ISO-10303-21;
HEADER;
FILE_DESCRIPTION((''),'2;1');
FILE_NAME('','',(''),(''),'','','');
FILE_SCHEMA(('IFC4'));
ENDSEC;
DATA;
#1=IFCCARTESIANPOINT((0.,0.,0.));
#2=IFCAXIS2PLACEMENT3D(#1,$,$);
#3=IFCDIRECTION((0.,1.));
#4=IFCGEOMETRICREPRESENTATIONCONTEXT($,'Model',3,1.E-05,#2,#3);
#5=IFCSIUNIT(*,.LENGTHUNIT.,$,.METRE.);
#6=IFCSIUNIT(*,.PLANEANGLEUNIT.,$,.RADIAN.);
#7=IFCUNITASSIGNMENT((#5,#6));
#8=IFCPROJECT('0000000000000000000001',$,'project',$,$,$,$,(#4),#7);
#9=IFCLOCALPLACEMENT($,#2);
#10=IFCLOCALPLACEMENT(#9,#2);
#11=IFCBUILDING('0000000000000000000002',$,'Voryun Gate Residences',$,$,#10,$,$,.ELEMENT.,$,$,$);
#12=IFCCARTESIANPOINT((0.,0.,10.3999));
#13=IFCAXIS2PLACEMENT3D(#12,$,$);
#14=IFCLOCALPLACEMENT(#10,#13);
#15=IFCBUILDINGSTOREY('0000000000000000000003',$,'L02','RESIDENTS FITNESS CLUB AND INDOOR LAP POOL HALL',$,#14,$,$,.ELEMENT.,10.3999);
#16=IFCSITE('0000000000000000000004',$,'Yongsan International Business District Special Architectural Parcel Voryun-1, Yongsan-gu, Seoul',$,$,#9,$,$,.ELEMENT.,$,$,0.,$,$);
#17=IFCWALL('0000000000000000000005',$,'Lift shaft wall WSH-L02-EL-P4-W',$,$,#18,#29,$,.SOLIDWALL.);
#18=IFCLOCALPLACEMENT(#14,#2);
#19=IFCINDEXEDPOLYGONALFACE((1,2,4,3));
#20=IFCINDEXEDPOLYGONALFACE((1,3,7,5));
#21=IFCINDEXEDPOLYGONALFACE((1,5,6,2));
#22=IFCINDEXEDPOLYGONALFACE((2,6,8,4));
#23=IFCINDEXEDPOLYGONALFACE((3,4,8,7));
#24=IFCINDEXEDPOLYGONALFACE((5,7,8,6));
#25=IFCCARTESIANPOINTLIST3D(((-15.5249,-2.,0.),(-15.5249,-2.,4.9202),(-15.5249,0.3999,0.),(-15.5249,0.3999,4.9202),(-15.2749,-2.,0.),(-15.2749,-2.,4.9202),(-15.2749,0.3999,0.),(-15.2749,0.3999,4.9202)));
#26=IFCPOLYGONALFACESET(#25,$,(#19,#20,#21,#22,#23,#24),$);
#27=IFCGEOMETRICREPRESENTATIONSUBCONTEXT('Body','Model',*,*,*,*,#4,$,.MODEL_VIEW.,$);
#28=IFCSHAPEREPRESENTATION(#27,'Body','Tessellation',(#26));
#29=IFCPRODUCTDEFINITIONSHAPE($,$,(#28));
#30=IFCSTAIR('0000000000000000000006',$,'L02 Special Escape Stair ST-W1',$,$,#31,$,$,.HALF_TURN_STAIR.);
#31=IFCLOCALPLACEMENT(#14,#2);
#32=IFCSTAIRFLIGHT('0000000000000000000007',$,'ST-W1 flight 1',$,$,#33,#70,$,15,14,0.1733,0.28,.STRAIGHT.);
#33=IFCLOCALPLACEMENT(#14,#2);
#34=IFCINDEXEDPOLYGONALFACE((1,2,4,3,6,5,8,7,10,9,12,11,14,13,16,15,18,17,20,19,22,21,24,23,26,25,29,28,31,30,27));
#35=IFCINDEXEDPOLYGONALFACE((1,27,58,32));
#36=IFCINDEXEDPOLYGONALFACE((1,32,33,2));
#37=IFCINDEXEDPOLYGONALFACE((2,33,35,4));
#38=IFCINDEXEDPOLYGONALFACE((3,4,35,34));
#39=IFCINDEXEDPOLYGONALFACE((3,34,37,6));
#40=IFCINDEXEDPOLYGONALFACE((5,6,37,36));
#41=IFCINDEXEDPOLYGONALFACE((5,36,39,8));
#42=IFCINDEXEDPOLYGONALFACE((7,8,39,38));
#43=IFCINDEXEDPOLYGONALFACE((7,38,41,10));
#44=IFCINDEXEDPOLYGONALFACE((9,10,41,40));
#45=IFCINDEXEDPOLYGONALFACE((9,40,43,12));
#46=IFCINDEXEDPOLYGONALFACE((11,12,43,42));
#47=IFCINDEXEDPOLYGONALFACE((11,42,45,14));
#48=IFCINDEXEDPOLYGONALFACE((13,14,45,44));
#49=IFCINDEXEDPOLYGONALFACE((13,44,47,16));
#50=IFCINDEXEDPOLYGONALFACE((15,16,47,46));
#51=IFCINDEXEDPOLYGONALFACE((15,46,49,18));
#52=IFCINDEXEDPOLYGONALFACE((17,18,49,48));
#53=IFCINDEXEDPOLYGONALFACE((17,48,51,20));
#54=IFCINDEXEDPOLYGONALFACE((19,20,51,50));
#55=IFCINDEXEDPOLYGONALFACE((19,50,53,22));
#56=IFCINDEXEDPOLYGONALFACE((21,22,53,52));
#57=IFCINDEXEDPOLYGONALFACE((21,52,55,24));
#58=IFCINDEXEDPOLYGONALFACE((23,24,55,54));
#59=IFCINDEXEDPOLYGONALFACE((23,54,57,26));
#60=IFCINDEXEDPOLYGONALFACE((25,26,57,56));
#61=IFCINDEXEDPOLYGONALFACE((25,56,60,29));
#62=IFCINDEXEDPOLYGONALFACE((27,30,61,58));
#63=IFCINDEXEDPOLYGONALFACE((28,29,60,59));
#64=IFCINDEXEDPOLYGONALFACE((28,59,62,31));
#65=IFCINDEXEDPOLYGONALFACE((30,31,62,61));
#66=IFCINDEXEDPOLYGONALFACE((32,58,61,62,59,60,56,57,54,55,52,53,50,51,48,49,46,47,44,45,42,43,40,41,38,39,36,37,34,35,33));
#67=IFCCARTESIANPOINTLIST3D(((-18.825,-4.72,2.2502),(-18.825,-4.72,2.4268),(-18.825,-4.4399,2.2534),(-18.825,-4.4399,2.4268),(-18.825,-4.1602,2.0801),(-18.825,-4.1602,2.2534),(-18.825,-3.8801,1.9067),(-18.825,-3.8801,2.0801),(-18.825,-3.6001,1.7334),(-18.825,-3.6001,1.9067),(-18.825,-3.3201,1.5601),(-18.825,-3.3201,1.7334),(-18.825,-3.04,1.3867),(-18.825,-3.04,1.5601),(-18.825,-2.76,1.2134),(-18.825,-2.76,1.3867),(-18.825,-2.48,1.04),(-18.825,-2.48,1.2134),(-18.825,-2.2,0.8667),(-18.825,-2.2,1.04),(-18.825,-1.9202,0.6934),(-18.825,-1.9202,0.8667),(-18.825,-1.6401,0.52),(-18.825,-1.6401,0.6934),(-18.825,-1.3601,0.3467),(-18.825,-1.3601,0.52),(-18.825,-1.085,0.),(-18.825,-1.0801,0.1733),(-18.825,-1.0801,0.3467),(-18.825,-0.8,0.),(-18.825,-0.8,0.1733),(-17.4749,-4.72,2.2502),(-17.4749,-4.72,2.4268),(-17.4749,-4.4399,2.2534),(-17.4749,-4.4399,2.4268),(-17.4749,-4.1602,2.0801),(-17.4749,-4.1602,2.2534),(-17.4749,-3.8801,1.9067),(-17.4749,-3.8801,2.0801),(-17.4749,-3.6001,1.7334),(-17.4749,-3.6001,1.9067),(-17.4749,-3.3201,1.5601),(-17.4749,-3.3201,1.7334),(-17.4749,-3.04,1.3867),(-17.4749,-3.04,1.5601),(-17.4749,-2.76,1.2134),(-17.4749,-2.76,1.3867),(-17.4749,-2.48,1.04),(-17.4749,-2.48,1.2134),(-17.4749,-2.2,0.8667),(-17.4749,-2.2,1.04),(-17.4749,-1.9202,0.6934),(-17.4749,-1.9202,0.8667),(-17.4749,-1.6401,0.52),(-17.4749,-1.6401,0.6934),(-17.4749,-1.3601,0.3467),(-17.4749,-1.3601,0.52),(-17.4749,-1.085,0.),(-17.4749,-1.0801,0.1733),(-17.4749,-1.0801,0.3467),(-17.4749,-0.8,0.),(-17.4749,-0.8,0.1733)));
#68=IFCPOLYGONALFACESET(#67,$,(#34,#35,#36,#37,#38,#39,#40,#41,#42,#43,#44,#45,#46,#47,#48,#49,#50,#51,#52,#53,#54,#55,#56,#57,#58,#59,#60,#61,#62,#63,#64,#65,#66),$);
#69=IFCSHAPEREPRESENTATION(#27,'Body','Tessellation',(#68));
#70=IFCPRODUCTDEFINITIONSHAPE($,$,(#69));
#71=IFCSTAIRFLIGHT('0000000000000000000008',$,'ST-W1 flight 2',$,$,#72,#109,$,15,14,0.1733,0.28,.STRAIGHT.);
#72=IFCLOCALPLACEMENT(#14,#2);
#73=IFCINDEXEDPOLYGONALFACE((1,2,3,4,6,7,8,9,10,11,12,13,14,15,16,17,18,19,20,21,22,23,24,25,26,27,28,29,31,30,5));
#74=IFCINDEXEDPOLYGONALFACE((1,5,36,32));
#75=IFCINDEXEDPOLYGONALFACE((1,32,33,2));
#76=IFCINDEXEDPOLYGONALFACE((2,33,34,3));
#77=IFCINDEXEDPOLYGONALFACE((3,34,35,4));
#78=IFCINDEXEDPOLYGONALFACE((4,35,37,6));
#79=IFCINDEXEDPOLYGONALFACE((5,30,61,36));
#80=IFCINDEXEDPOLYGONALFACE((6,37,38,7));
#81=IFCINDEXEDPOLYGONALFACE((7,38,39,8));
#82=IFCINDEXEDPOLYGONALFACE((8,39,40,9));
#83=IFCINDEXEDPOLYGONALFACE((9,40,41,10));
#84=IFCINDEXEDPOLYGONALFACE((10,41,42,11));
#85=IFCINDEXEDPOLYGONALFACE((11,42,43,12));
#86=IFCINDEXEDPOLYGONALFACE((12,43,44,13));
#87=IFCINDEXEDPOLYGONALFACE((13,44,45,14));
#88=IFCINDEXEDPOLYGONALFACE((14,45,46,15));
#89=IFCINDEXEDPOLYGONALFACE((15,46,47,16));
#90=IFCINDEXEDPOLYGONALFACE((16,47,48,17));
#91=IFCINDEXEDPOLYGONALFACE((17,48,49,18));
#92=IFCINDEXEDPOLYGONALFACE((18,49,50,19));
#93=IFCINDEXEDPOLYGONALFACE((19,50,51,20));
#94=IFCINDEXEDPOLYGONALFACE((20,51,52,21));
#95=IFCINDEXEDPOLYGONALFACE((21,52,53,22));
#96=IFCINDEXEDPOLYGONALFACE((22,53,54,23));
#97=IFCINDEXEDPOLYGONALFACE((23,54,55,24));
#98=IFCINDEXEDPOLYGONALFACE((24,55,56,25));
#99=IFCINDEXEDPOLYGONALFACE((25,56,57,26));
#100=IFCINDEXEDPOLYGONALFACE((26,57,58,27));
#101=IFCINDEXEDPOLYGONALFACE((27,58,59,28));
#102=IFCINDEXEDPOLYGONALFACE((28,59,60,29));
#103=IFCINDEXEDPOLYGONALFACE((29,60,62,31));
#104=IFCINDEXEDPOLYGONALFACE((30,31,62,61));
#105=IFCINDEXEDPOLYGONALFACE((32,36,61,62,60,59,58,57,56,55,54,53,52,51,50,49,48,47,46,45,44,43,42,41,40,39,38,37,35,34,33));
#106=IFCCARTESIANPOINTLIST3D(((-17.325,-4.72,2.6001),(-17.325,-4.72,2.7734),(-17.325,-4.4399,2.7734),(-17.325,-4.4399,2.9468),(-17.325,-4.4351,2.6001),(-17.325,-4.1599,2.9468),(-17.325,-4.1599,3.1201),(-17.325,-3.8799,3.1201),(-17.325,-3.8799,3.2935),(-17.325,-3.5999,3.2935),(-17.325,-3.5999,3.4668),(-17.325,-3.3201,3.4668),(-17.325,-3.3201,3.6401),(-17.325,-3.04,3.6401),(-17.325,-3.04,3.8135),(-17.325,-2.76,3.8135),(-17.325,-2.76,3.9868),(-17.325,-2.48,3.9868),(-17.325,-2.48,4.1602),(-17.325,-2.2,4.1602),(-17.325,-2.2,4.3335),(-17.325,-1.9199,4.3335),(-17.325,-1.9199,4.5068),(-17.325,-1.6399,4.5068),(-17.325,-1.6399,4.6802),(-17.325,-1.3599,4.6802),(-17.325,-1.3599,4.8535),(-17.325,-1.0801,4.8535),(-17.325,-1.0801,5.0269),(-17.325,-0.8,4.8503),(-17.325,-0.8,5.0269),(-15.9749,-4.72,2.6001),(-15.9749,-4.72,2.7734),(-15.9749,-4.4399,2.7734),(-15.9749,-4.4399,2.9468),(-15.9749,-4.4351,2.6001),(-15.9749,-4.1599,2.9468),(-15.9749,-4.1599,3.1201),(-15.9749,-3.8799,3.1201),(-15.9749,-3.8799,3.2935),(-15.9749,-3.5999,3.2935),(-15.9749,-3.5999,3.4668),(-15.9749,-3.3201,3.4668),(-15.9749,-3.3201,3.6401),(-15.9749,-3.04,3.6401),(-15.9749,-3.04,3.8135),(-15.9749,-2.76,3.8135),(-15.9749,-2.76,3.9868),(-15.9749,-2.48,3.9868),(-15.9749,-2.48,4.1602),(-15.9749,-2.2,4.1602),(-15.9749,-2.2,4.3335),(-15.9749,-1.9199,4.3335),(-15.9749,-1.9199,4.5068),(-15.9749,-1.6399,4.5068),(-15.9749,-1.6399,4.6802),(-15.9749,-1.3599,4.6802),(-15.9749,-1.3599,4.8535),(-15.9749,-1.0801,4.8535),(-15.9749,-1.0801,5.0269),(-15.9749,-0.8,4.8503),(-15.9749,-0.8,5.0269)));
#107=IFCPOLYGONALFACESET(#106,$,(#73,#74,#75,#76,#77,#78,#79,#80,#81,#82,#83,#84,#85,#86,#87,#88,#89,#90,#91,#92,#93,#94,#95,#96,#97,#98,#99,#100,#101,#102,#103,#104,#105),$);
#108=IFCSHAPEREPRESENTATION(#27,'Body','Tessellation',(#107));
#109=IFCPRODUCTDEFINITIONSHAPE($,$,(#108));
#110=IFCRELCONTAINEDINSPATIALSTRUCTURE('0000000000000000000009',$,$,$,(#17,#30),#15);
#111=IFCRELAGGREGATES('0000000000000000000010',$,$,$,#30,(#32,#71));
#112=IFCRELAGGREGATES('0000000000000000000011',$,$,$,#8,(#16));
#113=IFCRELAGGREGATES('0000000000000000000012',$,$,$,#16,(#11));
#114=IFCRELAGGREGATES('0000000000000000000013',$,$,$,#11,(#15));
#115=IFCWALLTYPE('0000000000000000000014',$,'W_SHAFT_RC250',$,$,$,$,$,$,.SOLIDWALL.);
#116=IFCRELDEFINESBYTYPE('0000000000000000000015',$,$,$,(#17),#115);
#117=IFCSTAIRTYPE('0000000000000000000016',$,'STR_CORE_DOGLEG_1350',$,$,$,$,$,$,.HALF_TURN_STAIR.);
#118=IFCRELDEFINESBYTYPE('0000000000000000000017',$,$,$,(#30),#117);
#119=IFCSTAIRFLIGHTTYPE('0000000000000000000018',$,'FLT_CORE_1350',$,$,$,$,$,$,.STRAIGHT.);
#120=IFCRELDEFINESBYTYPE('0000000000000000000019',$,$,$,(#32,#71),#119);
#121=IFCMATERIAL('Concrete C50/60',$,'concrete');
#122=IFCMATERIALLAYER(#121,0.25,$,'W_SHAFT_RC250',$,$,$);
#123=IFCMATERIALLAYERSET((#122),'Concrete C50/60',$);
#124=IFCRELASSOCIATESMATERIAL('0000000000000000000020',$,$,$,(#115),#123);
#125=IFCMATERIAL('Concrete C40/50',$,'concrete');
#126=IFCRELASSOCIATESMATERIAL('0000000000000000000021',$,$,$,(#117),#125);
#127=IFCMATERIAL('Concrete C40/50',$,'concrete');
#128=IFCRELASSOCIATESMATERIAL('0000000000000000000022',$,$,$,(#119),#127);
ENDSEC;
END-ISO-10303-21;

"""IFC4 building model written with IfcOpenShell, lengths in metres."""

from ifc_helpers import new_model, si_unit, direction, frame, frame_2d, origin, place, context, subcontext, project, spatial, polyline, rectangle, outline, extrude, material, layer, layer_set, type_object, element, aggregate, save


model = new_model("IFC4")

# Units and contexts
model_context = context("Model", 3, precision=1e-05, world=origin(), true_north=direction((0.0, 1.0)))
body_context = subcontext(model_context, "Body", "Model", "MODEL_VIEW")
ifc_project = project(units=[si_unit("LENGTHUNIT", "METRE"), si_unit("PLANEANGLEUNIT", "RADIAN")], contexts=[model_context])

# Site, building, storey
site_placement = place(None, origin())
site = spatial("IfcSite", under=ifc_project, at=site_placement, Name="Yongsan International Business District Special Architectural Parcel Voryun-1, Yongsan-gu, Seoul", CompositionType="ELEMENT", RefElevation=0.0)
building_placement = place(site_placement, origin())
building = spatial("IfcBuilding", under=site, at=building_placement, Name="Voryun Gate Residences", CompositionType="ELEMENT")
storey_placement = place(building_placement, frame((0.0, 0.0, 10.3999)))
storey = spatial("IfcBuildingStorey", under=building, at=storey_placement, Name="L02", Description="RESIDENTS FITNESS CLUB AND INDOOR LAP POOL HALL", CompositionType="ELEMENT", Elevation=10.3999)

# Wall
ifc_material_1 = material(Name="Concrete C50/60", Category="concrete")
ifc_layer_1 = layer(ifc_material_1, 0.25, Name="W_SHAFT_RC250")
ifc_layer_set_1 = layer_set([ifc_layer_1], Name="Concrete C50/60")
wall_type_1 = type_object("IfcWallType", Name="W_SHAFT_RC250", PredefinedType="SOLIDWALL", material=ifc_layer_set_1)
wall_1_placement = place(storey_placement, frame((-15.3999, 0.3999, 0.0), z_axis=(0.0, 0.0, 1.0), x_axis=(0.0, -1.0, 0.0)))
element("IfcWall", 1, at=wall_1_placement, inside=storey, type_object=wall_type_1, Name="Lift shaft wall WSH-L02-EL-P4-W", PredefinedType="SOLIDWALL", context=body_context, shape_type="SweptSolid", body=[
    extrude(rectangle(XDim=2.3999, YDim=0.25, at=frame_2d((1.2, 0.0))), origin(), (0.0, 0.0, 1.0), 4.9202),
])

# Stair, stair flights
ifc_material_2 = material(Name="Concrete C40/50", Category="concrete")
stair_type = type_object("IfcStairType", Name="STR_CORE_DOGLEG_1350", PredefinedType="HALF_TURN_STAIR", material=ifc_material_2)
stair_placement = place(storey_placement, origin())
stair = element("IfcStair", 2, at=stair_placement, inside=storey, type_object=stair_type, Name="L02 Special Escape Stair ST-W1", PredefinedType="HALF_TURN_STAIR")
ifc_material_3 = material(Name="Concrete C40/50", Category="concrete")
stair_flight_type = type_object("IfcStairFlightType", Name="FLT_CORE_1350", PredefinedType="STRAIGHT", material=ifc_material_3)
stair_flight_1_placement = place(storey_placement, frame((-18.1499, -0.8, 0.0), z_axis=(0.0, 0.0, 1.0), x_axis=(0.0, -1.0, 0.0)))
stair_flight_1 = element("IfcStairFlight", 3, at=stair_flight_1_placement, type_object=stair_flight_type, Name="ST-W1 flight 1", NumberOfRisers=15, NumberOfTreads=14, PredefinedType="STRAIGHT", RiserHeight=0.1733, TreadLength=0.28, context=body_context, shape_type="SweptSolid", body=[
    extrude(outline(polyline([(0.0, 0.0), (0.0, 0.1733), (0.28, 0.1733), (0.28, 0.3467), (0.5601, 0.3467), (0.5601, 0.52), (0.8401, 0.52), (0.8401, 0.6934), (1.1201, 0.6934), (1.1201, 0.8667), (1.3999, 0.8667), (1.3999, 1.04), (1.6799, 1.04), (1.6799, 1.2134), (1.96, 1.2134), (1.96, 1.3867), (2.24, 1.3867), (2.24, 1.5601), (2.52, 1.5601), (2.52, 1.7334), (2.8, 1.7334), (2.8, 1.9067), (3.0801, 1.9067), (3.0801, 2.0801), (3.3601, 2.0801), (3.3601, 2.2534), (3.6399, 2.2534), (3.6399, 2.4268), (3.9199, 2.4268), (3.9199, 2.6001), (3.9199, 2.2502), (0.2849, 0.0), (0.0, 0.0)])), frame((0.0, 0.675, 0.0), z_axis=(0.0, -1.0, 0.0), x_axis=(1.0, 0.0, 0.0)), (0.0, 0.0, 1.0), 1.3501),
])
stair_flight_2_placement = place(storey_placement, frame((-16.6499, -4.72, 2.6001), z_axis=(0.0, 0.0, 1.0), x_axis=(0.0, 1.0, 0.0)))
stair_flight_2 = element("IfcStairFlight", 4, at=stair_flight_2_placement, type_object=stair_flight_type, Name="ST-W1 flight 2", NumberOfRisers=15, NumberOfTreads=14, PredefinedType="STRAIGHT", RiserHeight=0.1733, TreadLength=0.28, context=body_context, shape_type="SweptSolid", body=[
    extrude(outline(polyline([(0.0, 0.0), (0.0, 0.1733), (0.28, 0.1733), (0.28, 0.3467), (0.5601, 0.3467), (0.5601, 0.52), (0.8401, 0.52), (0.8401, 0.6934), (1.1201, 0.6934), (1.1201, 0.8667), (1.3999, 0.8667), (1.3999, 1.04), (1.6799, 1.04), (1.6799, 1.2134), (1.96, 1.2134), (1.96, 1.3867), (2.24, 1.3867), (2.24, 1.5601), (2.52, 1.5601), (2.52, 1.7334), (2.8, 1.7334), (2.8, 1.9067), (3.0801, 1.9067), (3.0801, 2.0801), (3.3601, 2.0801), (3.3601, 2.2534), (3.6399, 2.2534), (3.6399, 2.4268), (3.9199, 2.4268), (3.9199, 2.6001), (3.9199, 2.2502), (0.2849, 0.0), (0.0, 0.0)])), frame((0.0, 0.675, 0.0), z_axis=(0.0, -1.0, 0.0), x_axis=(1.0, 0.0, 0.0)), (0.0, 0.0, 1.0), 1.3501),
])
aggregate(stair, [stair_flight_1, stair_flight_2])

save(model, "model.ifc")
